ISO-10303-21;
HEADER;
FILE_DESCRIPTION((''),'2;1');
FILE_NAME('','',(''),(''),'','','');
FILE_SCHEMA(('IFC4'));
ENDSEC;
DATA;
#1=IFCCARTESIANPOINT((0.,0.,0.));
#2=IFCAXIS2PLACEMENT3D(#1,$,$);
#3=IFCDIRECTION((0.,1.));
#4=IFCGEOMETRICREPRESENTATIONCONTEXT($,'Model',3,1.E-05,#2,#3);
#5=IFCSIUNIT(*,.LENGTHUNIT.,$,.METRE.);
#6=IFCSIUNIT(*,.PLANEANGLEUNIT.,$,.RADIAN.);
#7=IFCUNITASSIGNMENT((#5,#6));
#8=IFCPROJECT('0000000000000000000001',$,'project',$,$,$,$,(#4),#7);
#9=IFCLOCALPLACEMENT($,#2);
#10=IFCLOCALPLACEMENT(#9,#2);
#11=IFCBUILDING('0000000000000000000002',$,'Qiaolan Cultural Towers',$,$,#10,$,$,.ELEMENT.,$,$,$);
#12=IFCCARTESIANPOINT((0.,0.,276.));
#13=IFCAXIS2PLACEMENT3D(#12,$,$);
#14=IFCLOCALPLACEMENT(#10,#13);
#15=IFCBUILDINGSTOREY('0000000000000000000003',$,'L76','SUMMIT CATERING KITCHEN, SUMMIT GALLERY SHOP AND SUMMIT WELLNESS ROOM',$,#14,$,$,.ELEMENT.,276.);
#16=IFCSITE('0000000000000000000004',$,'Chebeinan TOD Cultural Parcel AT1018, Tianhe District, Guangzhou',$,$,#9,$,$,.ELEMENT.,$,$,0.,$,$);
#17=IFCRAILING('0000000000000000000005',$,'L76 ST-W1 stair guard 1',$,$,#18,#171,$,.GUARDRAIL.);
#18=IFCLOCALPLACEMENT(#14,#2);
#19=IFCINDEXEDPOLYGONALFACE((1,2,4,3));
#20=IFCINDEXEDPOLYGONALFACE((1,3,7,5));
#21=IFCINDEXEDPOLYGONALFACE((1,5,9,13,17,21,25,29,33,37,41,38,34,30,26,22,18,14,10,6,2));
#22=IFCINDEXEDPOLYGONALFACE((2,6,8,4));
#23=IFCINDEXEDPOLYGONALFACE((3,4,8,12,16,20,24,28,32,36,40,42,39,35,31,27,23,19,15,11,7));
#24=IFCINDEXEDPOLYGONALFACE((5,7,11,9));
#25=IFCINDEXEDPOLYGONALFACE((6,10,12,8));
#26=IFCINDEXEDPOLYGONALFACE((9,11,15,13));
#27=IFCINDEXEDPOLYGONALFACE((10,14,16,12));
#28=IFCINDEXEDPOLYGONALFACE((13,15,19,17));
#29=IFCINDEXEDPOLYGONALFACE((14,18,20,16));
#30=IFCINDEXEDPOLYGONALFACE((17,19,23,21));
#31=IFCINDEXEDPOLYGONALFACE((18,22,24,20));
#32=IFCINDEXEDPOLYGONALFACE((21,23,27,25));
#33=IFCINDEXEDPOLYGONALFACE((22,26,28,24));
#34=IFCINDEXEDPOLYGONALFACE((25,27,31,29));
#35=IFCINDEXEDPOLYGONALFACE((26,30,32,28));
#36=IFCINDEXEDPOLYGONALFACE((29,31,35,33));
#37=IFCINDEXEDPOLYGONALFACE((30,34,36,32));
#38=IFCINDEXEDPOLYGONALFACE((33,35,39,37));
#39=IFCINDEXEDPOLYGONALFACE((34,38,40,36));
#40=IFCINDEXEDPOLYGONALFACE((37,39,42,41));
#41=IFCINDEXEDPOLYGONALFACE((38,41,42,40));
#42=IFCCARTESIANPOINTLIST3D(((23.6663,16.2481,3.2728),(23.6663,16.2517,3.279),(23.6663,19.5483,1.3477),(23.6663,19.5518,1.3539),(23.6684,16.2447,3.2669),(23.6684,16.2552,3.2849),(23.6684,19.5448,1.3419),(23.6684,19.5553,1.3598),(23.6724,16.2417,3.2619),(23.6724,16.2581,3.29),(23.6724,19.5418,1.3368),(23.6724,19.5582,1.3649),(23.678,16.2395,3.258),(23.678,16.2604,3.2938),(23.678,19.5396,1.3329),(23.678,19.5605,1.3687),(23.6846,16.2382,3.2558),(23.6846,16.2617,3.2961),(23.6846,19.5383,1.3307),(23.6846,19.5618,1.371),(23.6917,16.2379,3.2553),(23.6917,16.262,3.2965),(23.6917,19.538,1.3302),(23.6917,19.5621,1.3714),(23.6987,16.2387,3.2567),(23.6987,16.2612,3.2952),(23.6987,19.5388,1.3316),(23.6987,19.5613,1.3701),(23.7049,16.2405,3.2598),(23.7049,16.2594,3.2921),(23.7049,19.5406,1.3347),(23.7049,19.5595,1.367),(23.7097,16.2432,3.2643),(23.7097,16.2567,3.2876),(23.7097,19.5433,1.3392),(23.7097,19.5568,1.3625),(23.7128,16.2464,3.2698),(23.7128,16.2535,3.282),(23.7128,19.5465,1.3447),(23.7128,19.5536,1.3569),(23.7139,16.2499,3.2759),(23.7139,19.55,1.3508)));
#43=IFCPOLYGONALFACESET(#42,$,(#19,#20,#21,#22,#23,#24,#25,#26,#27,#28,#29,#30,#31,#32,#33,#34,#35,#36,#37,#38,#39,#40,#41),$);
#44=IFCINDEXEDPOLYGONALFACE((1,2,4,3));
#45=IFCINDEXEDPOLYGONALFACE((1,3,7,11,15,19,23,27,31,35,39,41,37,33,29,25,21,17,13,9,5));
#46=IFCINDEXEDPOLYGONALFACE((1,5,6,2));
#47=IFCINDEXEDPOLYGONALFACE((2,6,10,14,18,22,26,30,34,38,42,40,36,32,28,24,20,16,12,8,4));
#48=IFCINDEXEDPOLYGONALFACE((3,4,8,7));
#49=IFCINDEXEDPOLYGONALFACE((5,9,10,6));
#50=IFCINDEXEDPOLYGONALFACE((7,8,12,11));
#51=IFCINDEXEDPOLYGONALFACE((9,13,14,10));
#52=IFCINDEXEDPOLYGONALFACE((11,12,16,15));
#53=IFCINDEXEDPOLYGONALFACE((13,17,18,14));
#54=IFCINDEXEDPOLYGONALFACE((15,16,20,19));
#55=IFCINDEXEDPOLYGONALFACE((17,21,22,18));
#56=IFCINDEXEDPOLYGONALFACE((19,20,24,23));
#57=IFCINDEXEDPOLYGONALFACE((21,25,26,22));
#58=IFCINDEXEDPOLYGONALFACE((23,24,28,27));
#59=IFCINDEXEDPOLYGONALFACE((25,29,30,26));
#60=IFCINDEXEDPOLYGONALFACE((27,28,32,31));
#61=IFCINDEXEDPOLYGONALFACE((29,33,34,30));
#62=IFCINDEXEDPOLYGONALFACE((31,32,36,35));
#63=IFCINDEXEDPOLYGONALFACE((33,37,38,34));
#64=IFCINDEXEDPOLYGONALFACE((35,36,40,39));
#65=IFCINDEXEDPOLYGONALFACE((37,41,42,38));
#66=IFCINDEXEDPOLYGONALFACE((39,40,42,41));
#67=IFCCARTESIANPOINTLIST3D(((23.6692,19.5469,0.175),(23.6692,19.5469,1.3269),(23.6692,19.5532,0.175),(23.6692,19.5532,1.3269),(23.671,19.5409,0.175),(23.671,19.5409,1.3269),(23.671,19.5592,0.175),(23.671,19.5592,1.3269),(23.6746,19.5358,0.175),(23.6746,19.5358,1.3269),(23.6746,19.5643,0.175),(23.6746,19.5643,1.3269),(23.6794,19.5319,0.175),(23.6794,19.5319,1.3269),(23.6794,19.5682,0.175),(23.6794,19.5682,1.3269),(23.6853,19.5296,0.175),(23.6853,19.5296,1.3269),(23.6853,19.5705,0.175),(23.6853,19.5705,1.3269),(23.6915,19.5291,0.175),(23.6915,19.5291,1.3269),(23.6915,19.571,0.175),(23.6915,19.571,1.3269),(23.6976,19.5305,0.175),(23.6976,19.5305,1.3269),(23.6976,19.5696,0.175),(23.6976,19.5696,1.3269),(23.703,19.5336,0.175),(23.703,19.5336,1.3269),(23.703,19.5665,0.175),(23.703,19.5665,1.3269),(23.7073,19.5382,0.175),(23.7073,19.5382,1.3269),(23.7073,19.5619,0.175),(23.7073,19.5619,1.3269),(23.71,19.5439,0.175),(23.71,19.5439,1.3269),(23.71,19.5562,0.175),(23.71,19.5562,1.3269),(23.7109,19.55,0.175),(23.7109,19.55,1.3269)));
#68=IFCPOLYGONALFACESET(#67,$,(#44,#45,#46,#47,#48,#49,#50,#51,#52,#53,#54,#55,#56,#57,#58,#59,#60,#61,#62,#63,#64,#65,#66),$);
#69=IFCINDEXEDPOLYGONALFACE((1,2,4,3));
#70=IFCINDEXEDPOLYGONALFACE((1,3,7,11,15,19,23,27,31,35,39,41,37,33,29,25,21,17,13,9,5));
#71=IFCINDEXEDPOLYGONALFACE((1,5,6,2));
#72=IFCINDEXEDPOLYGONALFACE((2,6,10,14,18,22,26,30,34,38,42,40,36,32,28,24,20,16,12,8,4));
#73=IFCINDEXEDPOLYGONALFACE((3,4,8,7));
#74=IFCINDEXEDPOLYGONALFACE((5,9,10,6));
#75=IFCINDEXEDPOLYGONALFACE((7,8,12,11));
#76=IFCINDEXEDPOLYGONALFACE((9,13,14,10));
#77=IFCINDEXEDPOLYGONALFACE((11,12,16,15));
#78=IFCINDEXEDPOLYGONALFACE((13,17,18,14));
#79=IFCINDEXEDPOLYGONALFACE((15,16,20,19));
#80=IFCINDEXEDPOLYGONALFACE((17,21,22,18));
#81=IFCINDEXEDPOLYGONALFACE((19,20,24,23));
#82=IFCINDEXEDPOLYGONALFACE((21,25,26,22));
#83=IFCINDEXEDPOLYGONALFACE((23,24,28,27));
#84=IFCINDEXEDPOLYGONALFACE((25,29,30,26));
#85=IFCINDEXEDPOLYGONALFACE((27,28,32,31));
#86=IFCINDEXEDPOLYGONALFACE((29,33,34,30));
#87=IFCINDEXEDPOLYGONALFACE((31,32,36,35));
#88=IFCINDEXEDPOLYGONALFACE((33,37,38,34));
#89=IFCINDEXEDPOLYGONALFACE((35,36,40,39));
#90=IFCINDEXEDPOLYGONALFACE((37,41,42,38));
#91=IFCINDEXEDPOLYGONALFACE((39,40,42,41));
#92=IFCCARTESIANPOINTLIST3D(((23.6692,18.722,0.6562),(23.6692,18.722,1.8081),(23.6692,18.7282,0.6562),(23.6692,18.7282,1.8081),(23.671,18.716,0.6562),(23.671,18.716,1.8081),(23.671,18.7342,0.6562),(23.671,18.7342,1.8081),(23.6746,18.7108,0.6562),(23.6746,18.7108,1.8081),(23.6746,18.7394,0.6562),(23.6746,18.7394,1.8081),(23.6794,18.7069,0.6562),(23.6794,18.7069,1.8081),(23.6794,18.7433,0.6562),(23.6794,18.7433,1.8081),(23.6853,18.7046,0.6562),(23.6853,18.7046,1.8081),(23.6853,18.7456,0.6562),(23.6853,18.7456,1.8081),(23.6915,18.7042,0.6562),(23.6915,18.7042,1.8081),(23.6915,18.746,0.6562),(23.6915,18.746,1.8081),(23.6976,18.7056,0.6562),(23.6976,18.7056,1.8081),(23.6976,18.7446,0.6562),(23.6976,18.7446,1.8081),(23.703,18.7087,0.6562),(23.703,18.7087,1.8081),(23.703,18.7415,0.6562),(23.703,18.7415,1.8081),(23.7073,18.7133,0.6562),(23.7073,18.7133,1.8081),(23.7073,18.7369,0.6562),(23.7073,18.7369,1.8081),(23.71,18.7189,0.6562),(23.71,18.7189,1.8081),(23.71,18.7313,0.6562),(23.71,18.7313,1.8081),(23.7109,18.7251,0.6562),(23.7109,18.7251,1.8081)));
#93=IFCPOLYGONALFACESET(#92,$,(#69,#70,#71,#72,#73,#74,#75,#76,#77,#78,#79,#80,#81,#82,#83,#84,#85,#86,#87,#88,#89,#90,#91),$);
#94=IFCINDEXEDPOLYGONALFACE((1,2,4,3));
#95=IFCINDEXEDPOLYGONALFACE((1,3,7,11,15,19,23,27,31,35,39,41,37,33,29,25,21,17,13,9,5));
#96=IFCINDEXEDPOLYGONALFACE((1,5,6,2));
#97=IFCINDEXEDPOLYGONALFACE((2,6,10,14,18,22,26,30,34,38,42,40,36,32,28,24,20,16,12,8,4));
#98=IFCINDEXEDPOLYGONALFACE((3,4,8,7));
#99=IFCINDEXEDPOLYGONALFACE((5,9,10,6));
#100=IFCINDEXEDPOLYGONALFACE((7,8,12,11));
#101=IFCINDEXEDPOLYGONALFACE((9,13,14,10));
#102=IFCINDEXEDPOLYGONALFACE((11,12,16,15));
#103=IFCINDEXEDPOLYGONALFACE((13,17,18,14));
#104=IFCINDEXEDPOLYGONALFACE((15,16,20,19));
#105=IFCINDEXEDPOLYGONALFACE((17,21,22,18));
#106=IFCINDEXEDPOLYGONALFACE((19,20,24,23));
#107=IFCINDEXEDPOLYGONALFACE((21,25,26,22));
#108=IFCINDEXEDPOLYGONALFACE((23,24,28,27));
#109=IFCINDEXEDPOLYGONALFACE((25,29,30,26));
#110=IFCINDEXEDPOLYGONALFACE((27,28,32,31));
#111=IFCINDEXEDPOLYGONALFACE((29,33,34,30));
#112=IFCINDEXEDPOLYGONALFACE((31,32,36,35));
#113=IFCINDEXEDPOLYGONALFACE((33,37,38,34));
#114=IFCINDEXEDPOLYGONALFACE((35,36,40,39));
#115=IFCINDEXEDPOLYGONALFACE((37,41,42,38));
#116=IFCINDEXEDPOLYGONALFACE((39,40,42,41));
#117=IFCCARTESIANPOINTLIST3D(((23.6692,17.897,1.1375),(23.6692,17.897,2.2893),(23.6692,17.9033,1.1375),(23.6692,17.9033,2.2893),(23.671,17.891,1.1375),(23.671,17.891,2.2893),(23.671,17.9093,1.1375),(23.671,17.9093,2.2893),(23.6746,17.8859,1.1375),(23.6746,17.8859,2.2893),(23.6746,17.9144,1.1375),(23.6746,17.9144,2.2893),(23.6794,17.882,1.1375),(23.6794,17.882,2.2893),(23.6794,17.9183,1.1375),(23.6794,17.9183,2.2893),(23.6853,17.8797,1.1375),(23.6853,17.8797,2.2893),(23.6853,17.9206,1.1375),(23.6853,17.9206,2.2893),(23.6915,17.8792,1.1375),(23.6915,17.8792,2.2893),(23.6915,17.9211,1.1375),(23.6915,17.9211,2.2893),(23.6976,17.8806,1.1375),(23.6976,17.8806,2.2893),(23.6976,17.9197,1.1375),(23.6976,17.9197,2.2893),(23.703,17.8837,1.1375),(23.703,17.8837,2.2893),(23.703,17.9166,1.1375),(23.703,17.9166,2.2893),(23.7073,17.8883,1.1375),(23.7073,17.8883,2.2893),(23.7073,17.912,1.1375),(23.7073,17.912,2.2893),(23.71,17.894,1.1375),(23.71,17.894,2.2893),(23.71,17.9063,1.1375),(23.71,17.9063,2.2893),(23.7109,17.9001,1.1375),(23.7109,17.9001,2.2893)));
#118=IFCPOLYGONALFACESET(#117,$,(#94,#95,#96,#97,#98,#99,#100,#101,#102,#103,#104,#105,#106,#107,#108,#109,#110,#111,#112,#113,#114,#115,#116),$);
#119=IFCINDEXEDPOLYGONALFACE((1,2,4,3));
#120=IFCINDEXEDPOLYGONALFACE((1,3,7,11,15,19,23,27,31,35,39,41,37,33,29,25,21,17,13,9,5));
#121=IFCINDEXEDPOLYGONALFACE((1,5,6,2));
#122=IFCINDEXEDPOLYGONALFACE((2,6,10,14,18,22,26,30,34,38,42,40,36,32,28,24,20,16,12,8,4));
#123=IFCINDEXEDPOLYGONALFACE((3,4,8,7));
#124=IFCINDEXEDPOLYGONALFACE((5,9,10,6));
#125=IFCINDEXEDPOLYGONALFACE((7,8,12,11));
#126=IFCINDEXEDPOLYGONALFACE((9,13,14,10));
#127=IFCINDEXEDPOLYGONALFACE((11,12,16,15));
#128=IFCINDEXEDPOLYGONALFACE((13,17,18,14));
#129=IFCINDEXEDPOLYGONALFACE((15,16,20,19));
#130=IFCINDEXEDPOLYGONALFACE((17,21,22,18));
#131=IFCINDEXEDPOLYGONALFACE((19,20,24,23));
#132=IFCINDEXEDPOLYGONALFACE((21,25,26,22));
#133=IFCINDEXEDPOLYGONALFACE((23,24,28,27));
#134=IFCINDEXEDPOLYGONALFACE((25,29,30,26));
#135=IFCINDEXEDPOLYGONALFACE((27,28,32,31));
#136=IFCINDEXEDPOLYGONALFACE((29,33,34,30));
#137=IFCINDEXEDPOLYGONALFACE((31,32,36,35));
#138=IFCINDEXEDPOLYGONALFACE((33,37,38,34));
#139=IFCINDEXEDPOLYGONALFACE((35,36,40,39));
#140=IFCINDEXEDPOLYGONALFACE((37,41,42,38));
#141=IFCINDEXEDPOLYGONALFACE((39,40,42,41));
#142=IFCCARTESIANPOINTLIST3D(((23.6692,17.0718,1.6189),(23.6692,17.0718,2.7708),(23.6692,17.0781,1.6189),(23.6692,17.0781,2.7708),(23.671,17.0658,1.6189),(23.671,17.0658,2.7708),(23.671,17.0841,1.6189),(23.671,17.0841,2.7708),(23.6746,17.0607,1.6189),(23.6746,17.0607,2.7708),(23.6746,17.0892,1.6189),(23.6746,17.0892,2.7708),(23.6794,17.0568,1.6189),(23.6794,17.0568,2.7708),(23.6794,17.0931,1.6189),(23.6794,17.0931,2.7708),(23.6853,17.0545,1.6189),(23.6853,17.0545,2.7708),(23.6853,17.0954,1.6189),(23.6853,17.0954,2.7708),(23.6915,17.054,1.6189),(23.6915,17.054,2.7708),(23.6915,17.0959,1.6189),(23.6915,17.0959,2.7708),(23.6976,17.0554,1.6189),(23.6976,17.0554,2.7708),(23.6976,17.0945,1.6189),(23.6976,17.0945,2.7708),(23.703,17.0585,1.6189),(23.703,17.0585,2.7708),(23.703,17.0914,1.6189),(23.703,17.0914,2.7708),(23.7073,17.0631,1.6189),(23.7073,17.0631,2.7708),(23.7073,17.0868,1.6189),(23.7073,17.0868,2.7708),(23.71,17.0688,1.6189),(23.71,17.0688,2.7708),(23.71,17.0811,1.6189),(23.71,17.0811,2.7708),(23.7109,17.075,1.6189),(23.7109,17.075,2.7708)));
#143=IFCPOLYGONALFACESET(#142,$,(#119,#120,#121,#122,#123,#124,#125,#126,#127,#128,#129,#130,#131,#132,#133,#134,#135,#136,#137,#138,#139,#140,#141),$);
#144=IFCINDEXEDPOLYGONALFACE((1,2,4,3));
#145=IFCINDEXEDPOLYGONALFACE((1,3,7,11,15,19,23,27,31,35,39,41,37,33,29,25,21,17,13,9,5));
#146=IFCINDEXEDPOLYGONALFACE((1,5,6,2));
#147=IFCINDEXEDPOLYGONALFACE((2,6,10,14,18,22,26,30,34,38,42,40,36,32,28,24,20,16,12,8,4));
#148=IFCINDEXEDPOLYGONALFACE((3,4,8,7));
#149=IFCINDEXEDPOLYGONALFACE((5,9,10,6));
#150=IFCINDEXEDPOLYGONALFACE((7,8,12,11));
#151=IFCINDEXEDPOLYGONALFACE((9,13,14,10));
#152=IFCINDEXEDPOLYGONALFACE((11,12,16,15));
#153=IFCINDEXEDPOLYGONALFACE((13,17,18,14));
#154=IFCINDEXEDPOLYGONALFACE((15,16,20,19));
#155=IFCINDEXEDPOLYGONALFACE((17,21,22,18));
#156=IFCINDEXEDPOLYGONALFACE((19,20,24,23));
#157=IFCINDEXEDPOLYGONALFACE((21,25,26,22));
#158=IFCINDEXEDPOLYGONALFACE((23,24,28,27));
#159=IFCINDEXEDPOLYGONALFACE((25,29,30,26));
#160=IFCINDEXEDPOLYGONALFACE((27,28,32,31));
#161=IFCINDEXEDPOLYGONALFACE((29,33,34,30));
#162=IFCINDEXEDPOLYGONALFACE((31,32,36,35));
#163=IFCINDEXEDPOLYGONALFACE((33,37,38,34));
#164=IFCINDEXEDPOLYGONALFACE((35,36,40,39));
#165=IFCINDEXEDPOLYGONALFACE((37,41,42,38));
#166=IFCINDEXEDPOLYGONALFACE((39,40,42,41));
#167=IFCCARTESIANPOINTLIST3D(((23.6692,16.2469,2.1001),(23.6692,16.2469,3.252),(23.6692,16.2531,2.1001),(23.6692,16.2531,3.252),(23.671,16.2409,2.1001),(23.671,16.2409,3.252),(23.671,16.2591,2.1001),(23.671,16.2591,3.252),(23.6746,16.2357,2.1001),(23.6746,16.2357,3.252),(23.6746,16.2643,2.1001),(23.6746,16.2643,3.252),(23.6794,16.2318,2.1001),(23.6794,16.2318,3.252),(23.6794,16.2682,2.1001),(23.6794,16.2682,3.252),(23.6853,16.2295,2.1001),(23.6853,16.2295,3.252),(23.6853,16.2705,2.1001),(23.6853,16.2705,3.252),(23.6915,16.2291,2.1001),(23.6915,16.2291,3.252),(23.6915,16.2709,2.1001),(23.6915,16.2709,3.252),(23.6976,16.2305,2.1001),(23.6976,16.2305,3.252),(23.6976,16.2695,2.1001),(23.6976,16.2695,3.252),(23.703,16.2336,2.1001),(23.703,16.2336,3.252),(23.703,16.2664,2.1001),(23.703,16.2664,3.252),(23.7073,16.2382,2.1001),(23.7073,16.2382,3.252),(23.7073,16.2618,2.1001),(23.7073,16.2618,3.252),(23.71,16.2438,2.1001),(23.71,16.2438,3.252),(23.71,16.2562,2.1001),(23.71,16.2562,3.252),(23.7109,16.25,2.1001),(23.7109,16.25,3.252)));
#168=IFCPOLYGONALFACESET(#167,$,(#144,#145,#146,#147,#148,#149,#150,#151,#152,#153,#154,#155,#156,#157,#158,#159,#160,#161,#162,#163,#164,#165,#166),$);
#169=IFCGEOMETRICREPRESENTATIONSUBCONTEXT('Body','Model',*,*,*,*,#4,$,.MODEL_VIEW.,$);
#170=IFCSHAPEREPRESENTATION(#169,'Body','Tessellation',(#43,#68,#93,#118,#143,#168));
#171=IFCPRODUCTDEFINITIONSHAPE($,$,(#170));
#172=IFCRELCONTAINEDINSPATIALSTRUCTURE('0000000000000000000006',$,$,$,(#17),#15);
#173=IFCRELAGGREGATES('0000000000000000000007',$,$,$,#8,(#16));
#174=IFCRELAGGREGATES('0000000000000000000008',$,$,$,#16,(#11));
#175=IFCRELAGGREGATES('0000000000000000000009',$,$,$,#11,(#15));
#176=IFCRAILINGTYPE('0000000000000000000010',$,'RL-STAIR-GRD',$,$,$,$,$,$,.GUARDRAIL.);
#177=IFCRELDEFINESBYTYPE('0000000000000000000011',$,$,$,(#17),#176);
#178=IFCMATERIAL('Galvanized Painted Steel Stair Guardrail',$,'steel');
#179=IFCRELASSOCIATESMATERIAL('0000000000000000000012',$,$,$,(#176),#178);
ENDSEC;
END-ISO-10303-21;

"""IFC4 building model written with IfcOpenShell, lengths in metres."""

from ifc_helpers import new_model, si_unit, direction, frame, origin, origin_2d, place, context, subcontext, project, spatial, circle, extrude, material, type_object, element, save


model = new_model("IFC4")

# Units and contexts
model_context = context("Model", 3, precision=1e-05, world=origin(), true_north=direction((0.0, 1.0)))
body_context = subcontext(model_context, "Body", "Model", "MODEL_VIEW")
ifc_project = project(units=[si_unit("LENGTHUNIT", "METRE"), si_unit("PLANEANGLEUNIT", "RADIAN")], contexts=[model_context])

# Site, building, storey
site_placement = place(None, origin())
site = spatial("IfcSite", under=ifc_project, at=site_placement, Name="Chebeinan TOD Cultural Parcel AT1018, Tianhe District, Guangzhou", CompositionType="ELEMENT", RefElevation=0.0)
building_placement = place(site_placement, origin())
building = spatial("IfcBuilding", under=site, at=building_placement, Name="Qiaolan Cultural Towers", CompositionType="ELEMENT")
storey_placement = place(building_placement, frame((0.0, 0.0, 276.0)))
storey = spatial("IfcBuildingStorey", under=building, at=storey_placement, Name="L76", Description="SUMMIT CATERING KITCHEN, SUMMIT GALLERY SHOP AND SUMMIT WELLNESS ROOM", CompositionType="ELEMENT", Elevation=276.0)

# Railing
ifc_material_1 = material(Name="Galvanized Painted Steel Stair Guardrail", Category="steel")
railing_type_1 = type_object("IfcRailingType", Name="RL-STAIR-GRD", PredefinedType="GUARDRAIL", material=ifc_material_1)
railing_1_placement = place(storey_placement, frame((23.6899, 19.55, 0.175)))
element("IfcRailing", 1, at=railing_1_placement, inside=storey, type_object=railing_type_1, Name="L76 ST-W1 stair guard 1", PredefinedType="GUARDRAIL", context=body_context, shape_type="SweptSolid", body=[
    extrude(circle(Radius=0.0239, at=origin_2d()), frame((0.0, 0.0, 1.1758), z_axis=(0.0, -0.863777, 0.503875), x_axis=(1.0, 0.0, 0.0)), (0.0, 0.0, 1.0), 3.8206),
    extrude(circle(Radius=0.021, at=origin_2d()), origin(), (0.0, 0.0, 1.0), 1.1519),
    extrude(circle(Radius=0.021, at=origin_2d()), frame((0.0, -0.825, 0.4812)), (0.0, 0.0, 1.0), 1.1519),
    extrude(circle(Radius=0.021, at=origin_2d()), frame((0.0, -1.6499, 0.9624)), (0.0, 0.0, 1.0), 1.1519),
    extrude(circle(Radius=0.021, at=origin_2d()), frame((0.0, -2.4751, 1.4438)), (0.0, 0.0, 1.0), 1.1519),
    extrude(circle(Radius=0.021, at=origin_2d()), frame((0.0, -3.3, 1.925)), (0.0, 0.0, 1.0), 1.1519),
])

save(model, "model.ifc")
